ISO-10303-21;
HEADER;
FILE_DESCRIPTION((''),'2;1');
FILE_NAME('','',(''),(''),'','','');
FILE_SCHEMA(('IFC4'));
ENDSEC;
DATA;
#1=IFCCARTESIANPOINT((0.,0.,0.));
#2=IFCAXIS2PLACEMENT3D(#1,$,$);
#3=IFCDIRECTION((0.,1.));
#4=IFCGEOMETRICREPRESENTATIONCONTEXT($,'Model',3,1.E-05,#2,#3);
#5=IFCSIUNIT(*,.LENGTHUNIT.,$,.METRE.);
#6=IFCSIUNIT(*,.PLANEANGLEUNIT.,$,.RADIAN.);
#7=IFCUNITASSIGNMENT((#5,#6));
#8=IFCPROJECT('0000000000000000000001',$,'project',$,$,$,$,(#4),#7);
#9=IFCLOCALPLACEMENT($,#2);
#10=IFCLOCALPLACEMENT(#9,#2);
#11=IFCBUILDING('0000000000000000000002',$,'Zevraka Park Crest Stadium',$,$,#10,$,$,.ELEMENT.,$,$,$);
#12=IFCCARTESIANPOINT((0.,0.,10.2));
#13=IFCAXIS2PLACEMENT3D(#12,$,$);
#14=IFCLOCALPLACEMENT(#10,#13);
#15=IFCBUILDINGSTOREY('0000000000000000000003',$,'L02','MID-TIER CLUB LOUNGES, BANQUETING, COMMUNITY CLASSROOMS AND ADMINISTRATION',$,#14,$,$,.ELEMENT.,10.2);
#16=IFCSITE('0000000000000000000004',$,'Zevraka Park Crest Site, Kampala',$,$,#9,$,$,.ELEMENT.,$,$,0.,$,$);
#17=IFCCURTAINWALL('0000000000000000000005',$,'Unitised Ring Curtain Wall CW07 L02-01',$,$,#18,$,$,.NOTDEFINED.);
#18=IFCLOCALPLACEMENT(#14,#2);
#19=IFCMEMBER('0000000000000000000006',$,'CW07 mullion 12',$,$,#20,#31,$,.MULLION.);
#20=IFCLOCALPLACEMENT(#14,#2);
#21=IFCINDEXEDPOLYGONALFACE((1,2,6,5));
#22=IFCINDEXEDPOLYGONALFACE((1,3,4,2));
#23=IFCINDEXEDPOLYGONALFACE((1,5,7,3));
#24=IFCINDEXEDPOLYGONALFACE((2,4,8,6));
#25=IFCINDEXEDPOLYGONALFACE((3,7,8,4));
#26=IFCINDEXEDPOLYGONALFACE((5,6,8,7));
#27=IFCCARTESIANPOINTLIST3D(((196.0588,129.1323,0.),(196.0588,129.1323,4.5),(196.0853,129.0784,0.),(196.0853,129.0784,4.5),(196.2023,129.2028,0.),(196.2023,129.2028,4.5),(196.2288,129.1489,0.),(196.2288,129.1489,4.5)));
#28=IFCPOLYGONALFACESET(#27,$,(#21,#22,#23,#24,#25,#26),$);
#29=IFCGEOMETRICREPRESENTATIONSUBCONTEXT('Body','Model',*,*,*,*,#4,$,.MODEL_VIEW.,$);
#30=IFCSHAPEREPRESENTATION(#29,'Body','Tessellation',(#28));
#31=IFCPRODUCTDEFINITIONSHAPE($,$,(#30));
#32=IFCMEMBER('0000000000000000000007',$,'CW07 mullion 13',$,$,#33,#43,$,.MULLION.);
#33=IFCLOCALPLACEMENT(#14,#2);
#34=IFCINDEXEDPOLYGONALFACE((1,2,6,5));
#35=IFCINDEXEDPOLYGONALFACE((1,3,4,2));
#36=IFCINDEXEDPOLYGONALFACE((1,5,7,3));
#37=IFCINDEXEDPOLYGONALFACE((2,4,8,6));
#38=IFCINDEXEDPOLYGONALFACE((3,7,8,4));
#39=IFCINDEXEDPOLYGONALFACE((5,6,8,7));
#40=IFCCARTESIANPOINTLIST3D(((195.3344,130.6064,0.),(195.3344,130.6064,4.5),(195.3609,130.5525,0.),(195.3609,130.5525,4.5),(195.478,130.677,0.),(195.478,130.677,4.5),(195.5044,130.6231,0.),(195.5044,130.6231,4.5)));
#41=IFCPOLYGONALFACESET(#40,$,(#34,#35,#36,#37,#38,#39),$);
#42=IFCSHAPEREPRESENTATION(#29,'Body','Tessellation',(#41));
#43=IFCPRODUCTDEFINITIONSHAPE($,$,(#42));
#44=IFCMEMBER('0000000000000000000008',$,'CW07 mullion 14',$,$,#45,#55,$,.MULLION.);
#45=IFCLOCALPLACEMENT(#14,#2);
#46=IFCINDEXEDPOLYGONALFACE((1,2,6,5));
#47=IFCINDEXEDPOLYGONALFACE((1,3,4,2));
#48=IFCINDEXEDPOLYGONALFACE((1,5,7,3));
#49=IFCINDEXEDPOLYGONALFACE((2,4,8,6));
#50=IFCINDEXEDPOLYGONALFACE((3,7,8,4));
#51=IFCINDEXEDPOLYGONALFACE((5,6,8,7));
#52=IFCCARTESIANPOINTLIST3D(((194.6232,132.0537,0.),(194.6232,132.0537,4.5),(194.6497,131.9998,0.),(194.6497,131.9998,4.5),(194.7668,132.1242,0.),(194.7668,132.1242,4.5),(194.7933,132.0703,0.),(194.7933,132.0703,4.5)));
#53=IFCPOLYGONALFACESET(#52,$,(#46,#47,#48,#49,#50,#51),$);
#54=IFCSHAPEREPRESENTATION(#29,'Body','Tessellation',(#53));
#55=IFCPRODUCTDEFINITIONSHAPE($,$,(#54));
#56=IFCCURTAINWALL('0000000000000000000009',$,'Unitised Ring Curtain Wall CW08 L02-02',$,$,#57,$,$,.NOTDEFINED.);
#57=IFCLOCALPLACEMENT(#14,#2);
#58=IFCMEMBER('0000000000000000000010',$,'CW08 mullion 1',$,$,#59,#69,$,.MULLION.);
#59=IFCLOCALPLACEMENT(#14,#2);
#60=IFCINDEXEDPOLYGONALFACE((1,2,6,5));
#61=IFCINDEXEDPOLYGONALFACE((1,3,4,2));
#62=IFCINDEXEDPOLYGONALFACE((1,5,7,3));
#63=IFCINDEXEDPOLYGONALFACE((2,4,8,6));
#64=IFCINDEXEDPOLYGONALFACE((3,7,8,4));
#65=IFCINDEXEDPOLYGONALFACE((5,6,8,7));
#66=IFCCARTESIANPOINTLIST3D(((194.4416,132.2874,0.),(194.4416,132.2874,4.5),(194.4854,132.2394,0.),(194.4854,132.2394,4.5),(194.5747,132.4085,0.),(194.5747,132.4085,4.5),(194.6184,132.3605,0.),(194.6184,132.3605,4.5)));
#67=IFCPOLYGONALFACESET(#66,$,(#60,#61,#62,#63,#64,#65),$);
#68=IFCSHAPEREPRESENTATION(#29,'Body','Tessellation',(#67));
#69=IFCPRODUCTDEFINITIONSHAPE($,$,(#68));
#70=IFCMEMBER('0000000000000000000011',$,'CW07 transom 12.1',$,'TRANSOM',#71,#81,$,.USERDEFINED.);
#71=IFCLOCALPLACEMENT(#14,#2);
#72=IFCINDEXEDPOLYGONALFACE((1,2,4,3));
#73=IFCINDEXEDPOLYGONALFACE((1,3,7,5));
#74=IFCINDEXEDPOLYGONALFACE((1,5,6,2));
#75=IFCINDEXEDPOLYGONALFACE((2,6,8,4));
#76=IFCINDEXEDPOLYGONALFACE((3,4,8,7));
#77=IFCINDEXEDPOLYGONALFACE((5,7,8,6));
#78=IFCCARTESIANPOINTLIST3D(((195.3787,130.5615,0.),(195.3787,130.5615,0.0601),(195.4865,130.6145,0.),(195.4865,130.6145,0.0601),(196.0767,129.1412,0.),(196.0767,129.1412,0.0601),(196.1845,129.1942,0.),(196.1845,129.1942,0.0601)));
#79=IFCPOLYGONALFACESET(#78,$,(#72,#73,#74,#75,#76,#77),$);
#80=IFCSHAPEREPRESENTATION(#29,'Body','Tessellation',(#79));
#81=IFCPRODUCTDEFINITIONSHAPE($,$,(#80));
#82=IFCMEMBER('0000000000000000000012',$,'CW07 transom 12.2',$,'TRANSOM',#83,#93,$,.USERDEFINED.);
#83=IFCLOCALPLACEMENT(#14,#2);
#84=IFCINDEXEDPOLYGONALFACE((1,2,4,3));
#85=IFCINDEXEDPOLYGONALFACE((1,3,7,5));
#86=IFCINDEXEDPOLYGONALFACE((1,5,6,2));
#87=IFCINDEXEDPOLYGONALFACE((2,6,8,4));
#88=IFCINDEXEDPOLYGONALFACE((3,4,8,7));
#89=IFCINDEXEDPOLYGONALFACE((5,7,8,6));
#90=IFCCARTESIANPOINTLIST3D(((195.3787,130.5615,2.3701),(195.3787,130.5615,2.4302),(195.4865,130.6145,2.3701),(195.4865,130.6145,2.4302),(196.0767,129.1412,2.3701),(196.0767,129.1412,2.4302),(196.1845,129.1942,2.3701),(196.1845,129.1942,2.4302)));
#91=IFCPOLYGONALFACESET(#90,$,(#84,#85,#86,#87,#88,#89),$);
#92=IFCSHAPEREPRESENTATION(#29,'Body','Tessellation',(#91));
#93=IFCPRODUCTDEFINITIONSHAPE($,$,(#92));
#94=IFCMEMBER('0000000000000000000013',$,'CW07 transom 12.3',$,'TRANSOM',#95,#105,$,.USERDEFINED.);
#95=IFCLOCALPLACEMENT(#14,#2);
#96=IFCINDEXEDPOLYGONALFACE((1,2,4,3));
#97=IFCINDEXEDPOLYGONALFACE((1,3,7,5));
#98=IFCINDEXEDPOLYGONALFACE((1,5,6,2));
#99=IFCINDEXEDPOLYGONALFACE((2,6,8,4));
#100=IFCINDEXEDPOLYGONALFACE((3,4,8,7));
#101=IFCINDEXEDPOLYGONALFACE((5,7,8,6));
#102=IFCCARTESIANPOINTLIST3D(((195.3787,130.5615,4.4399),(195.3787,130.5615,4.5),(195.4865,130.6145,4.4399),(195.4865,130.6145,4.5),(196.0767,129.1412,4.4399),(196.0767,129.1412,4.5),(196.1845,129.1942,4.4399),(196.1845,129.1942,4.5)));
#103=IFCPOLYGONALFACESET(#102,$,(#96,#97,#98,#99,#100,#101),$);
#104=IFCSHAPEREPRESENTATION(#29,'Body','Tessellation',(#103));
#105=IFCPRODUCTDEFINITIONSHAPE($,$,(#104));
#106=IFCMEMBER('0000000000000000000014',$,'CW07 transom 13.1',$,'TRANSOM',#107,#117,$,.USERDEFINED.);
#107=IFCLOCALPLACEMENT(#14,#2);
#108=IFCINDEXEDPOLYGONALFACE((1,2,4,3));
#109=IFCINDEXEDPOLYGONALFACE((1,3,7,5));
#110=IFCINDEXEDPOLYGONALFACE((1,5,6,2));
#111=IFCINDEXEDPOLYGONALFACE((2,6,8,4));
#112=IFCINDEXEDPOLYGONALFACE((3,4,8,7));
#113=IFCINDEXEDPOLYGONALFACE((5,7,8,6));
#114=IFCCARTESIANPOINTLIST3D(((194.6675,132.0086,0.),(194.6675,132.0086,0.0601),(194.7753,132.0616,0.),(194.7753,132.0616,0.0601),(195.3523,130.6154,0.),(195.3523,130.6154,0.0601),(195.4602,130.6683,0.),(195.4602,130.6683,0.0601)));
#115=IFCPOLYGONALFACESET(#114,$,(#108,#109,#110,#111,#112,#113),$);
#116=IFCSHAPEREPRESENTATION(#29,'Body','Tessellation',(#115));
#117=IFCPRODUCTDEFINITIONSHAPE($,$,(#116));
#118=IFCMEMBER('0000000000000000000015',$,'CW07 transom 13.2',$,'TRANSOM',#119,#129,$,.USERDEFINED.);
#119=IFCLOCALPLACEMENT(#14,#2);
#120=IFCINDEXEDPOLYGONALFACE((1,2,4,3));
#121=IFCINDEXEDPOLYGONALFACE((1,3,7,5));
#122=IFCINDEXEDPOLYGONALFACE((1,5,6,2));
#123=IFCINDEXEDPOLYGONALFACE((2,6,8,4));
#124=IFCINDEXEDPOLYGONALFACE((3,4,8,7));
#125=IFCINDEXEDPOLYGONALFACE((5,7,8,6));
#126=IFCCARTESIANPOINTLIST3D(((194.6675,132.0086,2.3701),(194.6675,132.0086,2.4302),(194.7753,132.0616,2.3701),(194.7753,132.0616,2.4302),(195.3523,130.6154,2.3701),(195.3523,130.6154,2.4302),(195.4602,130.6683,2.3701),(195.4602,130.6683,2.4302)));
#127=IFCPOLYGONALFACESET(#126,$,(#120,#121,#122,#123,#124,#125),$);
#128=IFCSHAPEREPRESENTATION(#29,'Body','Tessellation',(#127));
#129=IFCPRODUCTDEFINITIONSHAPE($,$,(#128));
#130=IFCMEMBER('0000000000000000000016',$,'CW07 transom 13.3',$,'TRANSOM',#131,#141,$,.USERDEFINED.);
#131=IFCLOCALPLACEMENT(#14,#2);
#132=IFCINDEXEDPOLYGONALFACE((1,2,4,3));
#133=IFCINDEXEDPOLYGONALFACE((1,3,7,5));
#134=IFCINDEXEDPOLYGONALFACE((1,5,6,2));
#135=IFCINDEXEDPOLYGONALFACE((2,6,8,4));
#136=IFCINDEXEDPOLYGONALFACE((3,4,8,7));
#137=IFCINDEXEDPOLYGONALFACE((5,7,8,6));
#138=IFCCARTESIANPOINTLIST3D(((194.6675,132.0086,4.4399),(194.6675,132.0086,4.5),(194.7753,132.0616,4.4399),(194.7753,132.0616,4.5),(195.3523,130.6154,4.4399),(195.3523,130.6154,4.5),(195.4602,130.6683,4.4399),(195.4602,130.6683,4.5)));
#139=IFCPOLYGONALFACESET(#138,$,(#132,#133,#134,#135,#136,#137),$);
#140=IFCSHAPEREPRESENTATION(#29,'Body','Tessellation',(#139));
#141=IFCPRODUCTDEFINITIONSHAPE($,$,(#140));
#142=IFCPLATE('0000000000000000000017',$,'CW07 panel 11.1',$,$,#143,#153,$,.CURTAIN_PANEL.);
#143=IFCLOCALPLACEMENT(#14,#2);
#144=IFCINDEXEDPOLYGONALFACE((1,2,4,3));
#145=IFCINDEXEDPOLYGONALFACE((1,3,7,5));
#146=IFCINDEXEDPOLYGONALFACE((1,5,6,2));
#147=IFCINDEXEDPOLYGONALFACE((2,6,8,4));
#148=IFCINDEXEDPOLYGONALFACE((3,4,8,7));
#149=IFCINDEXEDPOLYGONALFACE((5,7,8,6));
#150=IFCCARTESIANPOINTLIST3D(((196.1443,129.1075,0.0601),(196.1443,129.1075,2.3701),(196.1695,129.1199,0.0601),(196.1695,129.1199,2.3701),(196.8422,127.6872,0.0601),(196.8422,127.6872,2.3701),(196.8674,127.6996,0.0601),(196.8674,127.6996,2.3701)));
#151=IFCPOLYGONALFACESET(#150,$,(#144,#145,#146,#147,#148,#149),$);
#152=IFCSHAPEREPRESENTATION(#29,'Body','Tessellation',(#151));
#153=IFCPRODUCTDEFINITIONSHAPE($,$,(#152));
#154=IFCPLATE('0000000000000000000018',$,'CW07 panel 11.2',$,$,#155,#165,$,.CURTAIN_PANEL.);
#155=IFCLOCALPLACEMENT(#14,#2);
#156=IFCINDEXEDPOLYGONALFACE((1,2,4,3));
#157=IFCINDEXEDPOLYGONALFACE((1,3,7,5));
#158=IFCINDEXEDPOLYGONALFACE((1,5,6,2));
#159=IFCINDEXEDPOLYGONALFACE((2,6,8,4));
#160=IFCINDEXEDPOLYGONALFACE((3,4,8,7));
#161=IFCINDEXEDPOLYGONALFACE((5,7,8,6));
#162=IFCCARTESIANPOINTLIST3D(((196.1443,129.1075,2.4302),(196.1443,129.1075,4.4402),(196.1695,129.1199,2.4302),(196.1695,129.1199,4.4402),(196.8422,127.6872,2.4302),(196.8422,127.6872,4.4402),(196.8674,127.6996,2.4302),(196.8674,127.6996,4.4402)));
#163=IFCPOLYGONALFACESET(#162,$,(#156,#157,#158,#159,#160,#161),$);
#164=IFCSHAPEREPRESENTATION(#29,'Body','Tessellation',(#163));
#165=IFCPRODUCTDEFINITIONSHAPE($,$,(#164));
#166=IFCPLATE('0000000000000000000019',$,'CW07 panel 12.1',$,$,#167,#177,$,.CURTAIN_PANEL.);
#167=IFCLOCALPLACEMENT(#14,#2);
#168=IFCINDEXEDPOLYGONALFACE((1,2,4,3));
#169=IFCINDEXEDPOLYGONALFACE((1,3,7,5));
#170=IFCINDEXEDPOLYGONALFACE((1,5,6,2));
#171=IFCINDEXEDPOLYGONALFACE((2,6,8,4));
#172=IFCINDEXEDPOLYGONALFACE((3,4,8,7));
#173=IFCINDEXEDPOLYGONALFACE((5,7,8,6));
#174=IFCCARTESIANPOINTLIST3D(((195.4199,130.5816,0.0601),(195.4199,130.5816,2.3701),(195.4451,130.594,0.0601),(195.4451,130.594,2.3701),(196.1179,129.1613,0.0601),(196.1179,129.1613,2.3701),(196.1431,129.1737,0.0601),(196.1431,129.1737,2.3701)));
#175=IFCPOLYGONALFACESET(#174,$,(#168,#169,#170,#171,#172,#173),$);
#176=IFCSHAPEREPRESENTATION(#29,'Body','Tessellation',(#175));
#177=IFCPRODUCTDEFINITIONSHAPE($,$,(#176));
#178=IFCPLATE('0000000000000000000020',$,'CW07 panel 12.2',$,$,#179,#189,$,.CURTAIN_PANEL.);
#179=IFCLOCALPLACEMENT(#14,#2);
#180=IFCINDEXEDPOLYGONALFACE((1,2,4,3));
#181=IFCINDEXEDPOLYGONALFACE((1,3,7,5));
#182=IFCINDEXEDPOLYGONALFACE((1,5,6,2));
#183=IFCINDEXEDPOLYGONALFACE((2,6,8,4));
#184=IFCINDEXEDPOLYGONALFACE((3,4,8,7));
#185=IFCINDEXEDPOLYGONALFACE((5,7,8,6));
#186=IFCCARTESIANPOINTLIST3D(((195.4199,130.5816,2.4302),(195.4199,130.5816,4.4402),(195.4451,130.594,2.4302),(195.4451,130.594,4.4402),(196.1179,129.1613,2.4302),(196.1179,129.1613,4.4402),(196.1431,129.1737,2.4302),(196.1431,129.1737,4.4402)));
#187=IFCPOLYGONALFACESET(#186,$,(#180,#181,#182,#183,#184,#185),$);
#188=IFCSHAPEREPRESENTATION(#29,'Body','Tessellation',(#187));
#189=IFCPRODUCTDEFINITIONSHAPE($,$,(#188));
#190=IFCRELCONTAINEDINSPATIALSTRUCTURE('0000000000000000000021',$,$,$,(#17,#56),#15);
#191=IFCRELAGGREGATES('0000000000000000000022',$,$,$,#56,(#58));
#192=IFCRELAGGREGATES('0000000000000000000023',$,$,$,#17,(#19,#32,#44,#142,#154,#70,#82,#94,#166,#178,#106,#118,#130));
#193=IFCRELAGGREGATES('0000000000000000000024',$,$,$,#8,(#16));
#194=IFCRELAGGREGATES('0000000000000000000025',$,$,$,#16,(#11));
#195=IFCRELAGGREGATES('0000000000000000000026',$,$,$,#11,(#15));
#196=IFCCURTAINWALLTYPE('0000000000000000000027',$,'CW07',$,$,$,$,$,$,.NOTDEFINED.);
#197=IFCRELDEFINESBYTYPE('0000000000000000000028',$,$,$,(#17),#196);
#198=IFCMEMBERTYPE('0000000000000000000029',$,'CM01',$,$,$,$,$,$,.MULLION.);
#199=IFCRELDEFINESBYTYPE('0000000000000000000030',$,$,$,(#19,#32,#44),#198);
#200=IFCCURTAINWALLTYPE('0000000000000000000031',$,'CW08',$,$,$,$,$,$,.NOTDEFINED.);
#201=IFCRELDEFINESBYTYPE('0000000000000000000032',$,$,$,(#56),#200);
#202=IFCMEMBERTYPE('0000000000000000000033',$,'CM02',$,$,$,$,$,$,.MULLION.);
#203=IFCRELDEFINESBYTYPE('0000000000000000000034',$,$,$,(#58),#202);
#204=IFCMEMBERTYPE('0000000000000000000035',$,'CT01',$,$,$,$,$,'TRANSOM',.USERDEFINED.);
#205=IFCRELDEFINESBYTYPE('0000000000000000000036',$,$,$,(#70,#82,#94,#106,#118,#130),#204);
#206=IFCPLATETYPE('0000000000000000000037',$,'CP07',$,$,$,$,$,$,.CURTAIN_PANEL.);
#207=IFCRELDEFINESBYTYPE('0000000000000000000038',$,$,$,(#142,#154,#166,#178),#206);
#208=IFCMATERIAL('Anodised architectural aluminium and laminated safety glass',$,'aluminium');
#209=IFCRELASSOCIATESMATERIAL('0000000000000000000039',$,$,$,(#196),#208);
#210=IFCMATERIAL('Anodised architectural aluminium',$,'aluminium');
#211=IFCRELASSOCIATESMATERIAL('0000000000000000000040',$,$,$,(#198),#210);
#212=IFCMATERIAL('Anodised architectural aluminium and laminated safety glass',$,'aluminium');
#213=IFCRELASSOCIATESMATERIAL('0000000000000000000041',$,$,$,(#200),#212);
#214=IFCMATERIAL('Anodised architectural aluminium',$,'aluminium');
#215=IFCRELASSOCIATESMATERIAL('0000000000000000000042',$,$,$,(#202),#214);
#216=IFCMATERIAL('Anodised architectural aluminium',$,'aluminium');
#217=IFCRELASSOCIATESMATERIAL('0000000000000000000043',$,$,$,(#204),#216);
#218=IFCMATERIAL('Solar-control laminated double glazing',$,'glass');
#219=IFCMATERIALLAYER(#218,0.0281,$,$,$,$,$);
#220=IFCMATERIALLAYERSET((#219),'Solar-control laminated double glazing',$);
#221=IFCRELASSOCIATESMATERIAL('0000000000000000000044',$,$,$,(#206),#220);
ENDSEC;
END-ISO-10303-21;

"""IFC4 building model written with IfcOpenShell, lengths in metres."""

from ifc_helpers import new_model, si_unit, direction, frame, origin, origin_2d, place, context, subcontext, project, spatial, rectangle, extrude, material, layer, layer_set, material_profile, profile_set, type_object, element, aggregate, save


model = new_model("IFC4")

# Units and contexts
model_context = context("Model", 3, precision=1e-05, world=origin(), true_north=direction((0.0, 1.0)))
body_context = subcontext(model_context, "Body", "Model", "MODEL_VIEW")
ifc_project = project(units=[si_unit("LENGTHUNIT", "METRE"), si_unit("PLANEANGLEUNIT", "RADIAN")], contexts=[model_context])

# Site, building, storey
site_placement = place(None, origin())
site = spatial("IfcSite", under=ifc_project, at=site_placement, Name="Zevraka Park Crest Site, Kampala", CompositionType="ELEMENT", RefElevation=0.0)
building_placement = place(site_placement, origin())
building = spatial("IfcBuilding", under=site, at=building_placement, Name="Zevraka Park Crest Stadium", CompositionType="ELEMENT")
storey_placement = place(building_placement, frame((0.0, 0.0, 10.2)))
storey = spatial("IfcBuildingStorey", under=building, at=storey_placement, Name="L02", Description="MID-TIER CLUB LOUNGES, BANQUETING, COMMUNITY CLASSROOMS AND ADMINISTRATION", CompositionType="ELEMENT", Elevation=10.2)

# Curtain wall, members
ifc_material_1 = material(Name="Anodised architectural aluminium and laminated safety glass", Category="aluminium")
curtain_wall_type_1 = type_object("IfcCurtainWallType", Name="CW07", PredefinedType="NOTDEFINED", material=ifc_material_1)
curtain_wall_1_placement = place(storey_placement, origin())
curtain_wall_1 = element("IfcCurtainWall", 1, at=curtain_wall_1_placement, inside=storey, type_object=curtain_wall_type_1, Name="Unitised Ring Curtain Wall CW07 L02-01", PredefinedType="NOTDEFINED")
ifc_material_2 = material(Name="Anodised architectural aluminium", Category="aluminium")
ifc_material_profile_1 = material_profile(ifc_material_2, rectangle(XDim=0.1599, YDim=0.0601, at=origin_2d()), Name="ALU MULLION 160x60")
ifc_profile_set_1 = profile_set([ifc_material_profile_1], Name="Anodised architectural aluminium")
member_type_1 = type_object("IfcMemberType", Name="CM01", PredefinedType="MULLION", material=ifc_profile_set_1)
member_1_placement = place(storey_placement, frame((196.1438, 129.1406, 0.0), z_axis=(0.0, 0.0, 1.0), x_axis=(-0.897497, -0.441021, 0.0)))
member_1 = element("IfcMember", 2, at=member_1_placement, type_object=member_type_1, Name="CW07 mullion 12", PredefinedType="MULLION", context=body_context, shape_type="SweptSolid", body=[
    extrude(rectangle(XDim=0.1599, YDim=0.0601, at=origin_2d()), origin(), (0.0, 0.0, 1.0), 4.5),
])
member_2_placement = place(storey_placement, frame((195.4194, 130.6147, 0.0), z_axis=(0.0, 0.0, 1.0), x_axis=(-0.897497, -0.441021, 0.0)))
member_2 = element("IfcMember", 3, at=member_2_placement, type_object=member_type_1, Name="CW07 mullion 13", PredefinedType="MULLION", context=body_context, shape_type="SweptSolid", body=[
    extrude(rectangle(XDim=0.1599, YDim=0.0601, at=origin_2d()), origin(), (0.0, 0.0, 1.0), 4.5),
])
member_3_placement = place(storey_placement, frame((194.7083, 132.062, 0.0), z_axis=(0.0, 0.0, 1.0), x_axis=(-0.897497, -0.441021, 0.0)))
member_3 = element("IfcMember", 4, at=member_3_placement, type_object=member_type_1, Name="CW07 mullion 14", PredefinedType="MULLION", context=body_context, shape_type="SweptSolid", body=[
    extrude(rectangle(XDim=0.1599, YDim=0.0601, at=origin_2d()), origin(), (0.0, 0.0, 1.0), 4.5),
])

# Curtain wall, member
ifc_material_3 = material(Name="Anodised architectural aluminium and laminated safety glass", Category="aluminium")
curtain_wall_type_2 = type_object("IfcCurtainWallType", Name="CW08", PredefinedType="NOTDEFINED", material=ifc_material_3)
curtain_wall_2_placement = place(storey_placement, origin())
curtain_wall_2 = element("IfcCurtainWall", 5, at=curtain_wall_2_placement, inside=storey, type_object=curtain_wall_type_2, Name="Unitised Ring Curtain Wall CW08 L02-02", PredefinedType="NOTDEFINED")
ifc_material_4 = material(Name="Anodised architectural aluminium", Category="aluminium")
ifc_material_profile_2 = material_profile(ifc_material_4, rectangle(XDim=0.1799, YDim=0.0649, at=origin_2d()), Name="ALU MULLION 180x65")
ifc_profile_set_2 = profile_set([ifc_material_profile_2], Name="Anodised architectural aluminium")
member_type_2 = type_object("IfcMemberType", Name="CM02", PredefinedType="MULLION", material=ifc_profile_set_2)
member_4_placement = place(storey_placement, frame((194.53, 132.324, 0.0), z_axis=(0.0, 0.0, 1.0), x_axis=(-0.739497, -0.67316, 0.0)))
member_4 = element("IfcMember", 6, at=member_4_placement, type_object=member_type_2, Name="CW08 mullion 1", PredefinedType="MULLION", context=body_context, shape_type="SweptSolid", body=[
    extrude(rectangle(XDim=0.1799, YDim=0.0649, at=origin_2d()), origin(), (0.0, 0.0, 1.0), 4.5),
])
aggregate(curtain_wall_2, [member_4])

# Members
ifc_material_5 = material(Name="Anodised architectural aluminium", Category="aluminium")
ifc_material_profile_3 = material_profile(ifc_material_5, rectangle(XDim=0.1201, YDim=0.0601, at=origin_2d()), Name="ALU TRANSOM 120x60")
ifc_profile_set_3 = profile_set([ifc_material_profile_3], Name="Anodised architectural aluminium")
member_type_3 = type_object("IfcMemberType", Name="CT01", ElementType="TRANSOM", PredefinedType="USERDEFINED", material=ifc_profile_set_3)
member_5_placement = place(storey_placement, frame((196.1306, 129.1677, 0.03), z_axis=(-0.441094, 0.897461, 0.0), x_axis=(-0.897461, -0.441094, 0.0)))
member_5 = element("IfcMember", 7, at=member_5_placement, type_object=member_type_3, Name="CW07 transom 12.1", ObjectType="TRANSOM", PredefinedType="USERDEFINED", context=body_context, shape_type="SweptSolid", body=[
    extrude(rectangle(XDim=0.1201, YDim=0.0601, at=origin_2d()), origin(), (0.0, 0.0, 1.0), 1.5825),
])
member_6_placement = place(storey_placement, frame((196.1306, 129.1677, 2.4001), z_axis=(-0.441094, 0.897461, 0.0), x_axis=(-0.897461, -0.441094, 0.0)))
member_6 = element("IfcMember", 8, at=member_6_placement, type_object=member_type_3, Name="CW07 transom 12.2", ObjectType="TRANSOM", PredefinedType="USERDEFINED", context=body_context, shape_type="SweptSolid", body=[
    extrude(rectangle(XDim=0.1201, YDim=0.0601, at=origin_2d()), origin(), (0.0, 0.0, 1.0), 1.5825),
])
member_7_placement = place(storey_placement, frame((196.1306, 129.1677, 4.47), z_axis=(-0.441094, 0.897461, 0.0), x_axis=(-0.897461, -0.441094, 0.0)))
member_7 = element("IfcMember", 9, at=member_7_placement, type_object=member_type_3, Name="CW07 transom 12.3", ObjectType="TRANSOM", PredefinedType="USERDEFINED", context=body_context, shape_type="SweptSolid", body=[
    extrude(rectangle(XDim=0.1201, YDim=0.0601, at=origin_2d()), origin(), (0.0, 0.0, 1.0), 1.5825),
])
member_8_placement = place(storey_placement, frame((195.4062, 130.6418, 0.03), z_axis=(-0.441102, 0.897457, 0.0), x_axis=(-0.897457, -0.441102, 0.0)))
member_8 = element("IfcMember", 10, at=member_8_placement, type_object=member_type_3, Name="CW07 transom 13.1", ObjectType="TRANSOM", PredefinedType="USERDEFINED", context=body_context, shape_type="SweptSolid", body=[
    extrude(rectangle(XDim=0.1201, YDim=0.0601, at=origin_2d()), origin(), (0.0, 0.0, 1.0), 1.5525),
])
member_9_placement = place(storey_placement, frame((195.4062, 130.6418, 2.4001), z_axis=(-0.441102, 0.897457, 0.0), x_axis=(-0.897457, -0.441102, 0.0)))
member_9 = element("IfcMember", 11, at=member_9_placement, type_object=member_type_3, Name="CW07 transom 13.2", ObjectType="TRANSOM", PredefinedType="USERDEFINED", context=body_context, shape_type="SweptSolid", body=[
    extrude(rectangle(XDim=0.1201, YDim=0.0601, at=origin_2d()), origin(), (0.0, 0.0, 1.0), 1.5525),
])
member_10_placement = place(storey_placement, frame((195.4062, 130.6418, 4.47), z_axis=(-0.441102, 0.897457, 0.0), x_axis=(-0.897457, -0.441102, 0.0)))
member_10 = element("IfcMember", 12, at=member_10_placement, type_object=member_type_3, Name="CW07 transom 13.3", ObjectType="TRANSOM", PredefinedType="USERDEFINED", context=body_context, shape_type="SweptSolid", body=[
    extrude(rectangle(XDim=0.1201, YDim=0.0601, at=origin_2d()), origin(), (0.0, 0.0, 1.0), 1.5525),
])

# Plates
ifc_material_6 = material(Name="Solar-control laminated double glazing", Category="glass")
ifc_layer_1 = layer(ifc_material_6, 0.0281)
ifc_layer_set_1 = layer_set([ifc_layer_1], Name="Solar-control laminated double glazing")
plate_type = type_object("IfcPlateType", Name="CP07", PredefinedType="CURTAIN_PANEL", material=ifc_layer_set_1)
plate_1_placement = place(storey_placement, frame((196.5059, 128.4036, 0.0601), z_axis=(0.0, 0.0, 1.0), x_axis=(-0.441021, 0.897497, 0.0)))
plate_1 = element("IfcPlate", 13, at=plate_1_placement, type_object=plate_type, Name="CW07 panel 11.1", PredefinedType="CURTAIN_PANEL", context=body_context, shape_type="SweptSolid", body=[
    extrude(rectangle(XDim=1.5825, YDim=0.0281, at=origin_2d()), origin(), (0.0, 0.0, 1.0), 2.3101),
])
plate_2_placement = place(storey_placement, frame((196.5059, 128.4036, 2.4302), z_axis=(0.0, 0.0, 1.0), x_axis=(-0.441021, 0.897497, 0.0)))
plate_2 = element("IfcPlate", 14, at=plate_2_placement, type_object=plate_type, Name="CW07 panel 11.2", PredefinedType="CURTAIN_PANEL", context=body_context, shape_type="SweptSolid", body=[
    extrude(rectangle(XDim=1.5825, YDim=0.0281, at=origin_2d()), origin(), (0.0, 0.0, 1.0), 2.01),
])
plate_3_placement = place(storey_placement, frame((195.7815, 129.8777, 0.0601), z_axis=(0.0, 0.0, 1.0), x_axis=(-0.441021, 0.897497, 0.0)))
plate_3 = element("IfcPlate", 15, at=plate_3_placement, type_object=plate_type, Name="CW07 panel 12.1", PredefinedType="CURTAIN_PANEL", context=body_context, shape_type="SweptSolid", body=[
    extrude(rectangle(XDim=1.5825, YDim=0.0281, at=origin_2d()), origin(), (0.0, 0.0, 1.0), 2.3101),
])
plate_4_placement = place(storey_placement, frame((195.7815, 129.8777, 2.4302), z_axis=(0.0, 0.0, 1.0), x_axis=(-0.441021, 0.897497, 0.0)))
plate_4 = element("IfcPlate", 16, at=plate_4_placement, type_object=plate_type, Name="CW07 panel 12.2", PredefinedType="CURTAIN_PANEL", context=body_context, shape_type="SweptSolid", body=[
    extrude(rectangle(XDim=1.5825, YDim=0.0281, at=origin_2d()), origin(), (0.0, 0.0, 1.0), 2.01),
])
aggregate(curtain_wall_1, [member_1, member_2, member_3, plate_1, plate_2, member_5, member_6, member_7, plate_3, plate_4, member_8, member_9, member_10])

save(model, "model.ifc")
